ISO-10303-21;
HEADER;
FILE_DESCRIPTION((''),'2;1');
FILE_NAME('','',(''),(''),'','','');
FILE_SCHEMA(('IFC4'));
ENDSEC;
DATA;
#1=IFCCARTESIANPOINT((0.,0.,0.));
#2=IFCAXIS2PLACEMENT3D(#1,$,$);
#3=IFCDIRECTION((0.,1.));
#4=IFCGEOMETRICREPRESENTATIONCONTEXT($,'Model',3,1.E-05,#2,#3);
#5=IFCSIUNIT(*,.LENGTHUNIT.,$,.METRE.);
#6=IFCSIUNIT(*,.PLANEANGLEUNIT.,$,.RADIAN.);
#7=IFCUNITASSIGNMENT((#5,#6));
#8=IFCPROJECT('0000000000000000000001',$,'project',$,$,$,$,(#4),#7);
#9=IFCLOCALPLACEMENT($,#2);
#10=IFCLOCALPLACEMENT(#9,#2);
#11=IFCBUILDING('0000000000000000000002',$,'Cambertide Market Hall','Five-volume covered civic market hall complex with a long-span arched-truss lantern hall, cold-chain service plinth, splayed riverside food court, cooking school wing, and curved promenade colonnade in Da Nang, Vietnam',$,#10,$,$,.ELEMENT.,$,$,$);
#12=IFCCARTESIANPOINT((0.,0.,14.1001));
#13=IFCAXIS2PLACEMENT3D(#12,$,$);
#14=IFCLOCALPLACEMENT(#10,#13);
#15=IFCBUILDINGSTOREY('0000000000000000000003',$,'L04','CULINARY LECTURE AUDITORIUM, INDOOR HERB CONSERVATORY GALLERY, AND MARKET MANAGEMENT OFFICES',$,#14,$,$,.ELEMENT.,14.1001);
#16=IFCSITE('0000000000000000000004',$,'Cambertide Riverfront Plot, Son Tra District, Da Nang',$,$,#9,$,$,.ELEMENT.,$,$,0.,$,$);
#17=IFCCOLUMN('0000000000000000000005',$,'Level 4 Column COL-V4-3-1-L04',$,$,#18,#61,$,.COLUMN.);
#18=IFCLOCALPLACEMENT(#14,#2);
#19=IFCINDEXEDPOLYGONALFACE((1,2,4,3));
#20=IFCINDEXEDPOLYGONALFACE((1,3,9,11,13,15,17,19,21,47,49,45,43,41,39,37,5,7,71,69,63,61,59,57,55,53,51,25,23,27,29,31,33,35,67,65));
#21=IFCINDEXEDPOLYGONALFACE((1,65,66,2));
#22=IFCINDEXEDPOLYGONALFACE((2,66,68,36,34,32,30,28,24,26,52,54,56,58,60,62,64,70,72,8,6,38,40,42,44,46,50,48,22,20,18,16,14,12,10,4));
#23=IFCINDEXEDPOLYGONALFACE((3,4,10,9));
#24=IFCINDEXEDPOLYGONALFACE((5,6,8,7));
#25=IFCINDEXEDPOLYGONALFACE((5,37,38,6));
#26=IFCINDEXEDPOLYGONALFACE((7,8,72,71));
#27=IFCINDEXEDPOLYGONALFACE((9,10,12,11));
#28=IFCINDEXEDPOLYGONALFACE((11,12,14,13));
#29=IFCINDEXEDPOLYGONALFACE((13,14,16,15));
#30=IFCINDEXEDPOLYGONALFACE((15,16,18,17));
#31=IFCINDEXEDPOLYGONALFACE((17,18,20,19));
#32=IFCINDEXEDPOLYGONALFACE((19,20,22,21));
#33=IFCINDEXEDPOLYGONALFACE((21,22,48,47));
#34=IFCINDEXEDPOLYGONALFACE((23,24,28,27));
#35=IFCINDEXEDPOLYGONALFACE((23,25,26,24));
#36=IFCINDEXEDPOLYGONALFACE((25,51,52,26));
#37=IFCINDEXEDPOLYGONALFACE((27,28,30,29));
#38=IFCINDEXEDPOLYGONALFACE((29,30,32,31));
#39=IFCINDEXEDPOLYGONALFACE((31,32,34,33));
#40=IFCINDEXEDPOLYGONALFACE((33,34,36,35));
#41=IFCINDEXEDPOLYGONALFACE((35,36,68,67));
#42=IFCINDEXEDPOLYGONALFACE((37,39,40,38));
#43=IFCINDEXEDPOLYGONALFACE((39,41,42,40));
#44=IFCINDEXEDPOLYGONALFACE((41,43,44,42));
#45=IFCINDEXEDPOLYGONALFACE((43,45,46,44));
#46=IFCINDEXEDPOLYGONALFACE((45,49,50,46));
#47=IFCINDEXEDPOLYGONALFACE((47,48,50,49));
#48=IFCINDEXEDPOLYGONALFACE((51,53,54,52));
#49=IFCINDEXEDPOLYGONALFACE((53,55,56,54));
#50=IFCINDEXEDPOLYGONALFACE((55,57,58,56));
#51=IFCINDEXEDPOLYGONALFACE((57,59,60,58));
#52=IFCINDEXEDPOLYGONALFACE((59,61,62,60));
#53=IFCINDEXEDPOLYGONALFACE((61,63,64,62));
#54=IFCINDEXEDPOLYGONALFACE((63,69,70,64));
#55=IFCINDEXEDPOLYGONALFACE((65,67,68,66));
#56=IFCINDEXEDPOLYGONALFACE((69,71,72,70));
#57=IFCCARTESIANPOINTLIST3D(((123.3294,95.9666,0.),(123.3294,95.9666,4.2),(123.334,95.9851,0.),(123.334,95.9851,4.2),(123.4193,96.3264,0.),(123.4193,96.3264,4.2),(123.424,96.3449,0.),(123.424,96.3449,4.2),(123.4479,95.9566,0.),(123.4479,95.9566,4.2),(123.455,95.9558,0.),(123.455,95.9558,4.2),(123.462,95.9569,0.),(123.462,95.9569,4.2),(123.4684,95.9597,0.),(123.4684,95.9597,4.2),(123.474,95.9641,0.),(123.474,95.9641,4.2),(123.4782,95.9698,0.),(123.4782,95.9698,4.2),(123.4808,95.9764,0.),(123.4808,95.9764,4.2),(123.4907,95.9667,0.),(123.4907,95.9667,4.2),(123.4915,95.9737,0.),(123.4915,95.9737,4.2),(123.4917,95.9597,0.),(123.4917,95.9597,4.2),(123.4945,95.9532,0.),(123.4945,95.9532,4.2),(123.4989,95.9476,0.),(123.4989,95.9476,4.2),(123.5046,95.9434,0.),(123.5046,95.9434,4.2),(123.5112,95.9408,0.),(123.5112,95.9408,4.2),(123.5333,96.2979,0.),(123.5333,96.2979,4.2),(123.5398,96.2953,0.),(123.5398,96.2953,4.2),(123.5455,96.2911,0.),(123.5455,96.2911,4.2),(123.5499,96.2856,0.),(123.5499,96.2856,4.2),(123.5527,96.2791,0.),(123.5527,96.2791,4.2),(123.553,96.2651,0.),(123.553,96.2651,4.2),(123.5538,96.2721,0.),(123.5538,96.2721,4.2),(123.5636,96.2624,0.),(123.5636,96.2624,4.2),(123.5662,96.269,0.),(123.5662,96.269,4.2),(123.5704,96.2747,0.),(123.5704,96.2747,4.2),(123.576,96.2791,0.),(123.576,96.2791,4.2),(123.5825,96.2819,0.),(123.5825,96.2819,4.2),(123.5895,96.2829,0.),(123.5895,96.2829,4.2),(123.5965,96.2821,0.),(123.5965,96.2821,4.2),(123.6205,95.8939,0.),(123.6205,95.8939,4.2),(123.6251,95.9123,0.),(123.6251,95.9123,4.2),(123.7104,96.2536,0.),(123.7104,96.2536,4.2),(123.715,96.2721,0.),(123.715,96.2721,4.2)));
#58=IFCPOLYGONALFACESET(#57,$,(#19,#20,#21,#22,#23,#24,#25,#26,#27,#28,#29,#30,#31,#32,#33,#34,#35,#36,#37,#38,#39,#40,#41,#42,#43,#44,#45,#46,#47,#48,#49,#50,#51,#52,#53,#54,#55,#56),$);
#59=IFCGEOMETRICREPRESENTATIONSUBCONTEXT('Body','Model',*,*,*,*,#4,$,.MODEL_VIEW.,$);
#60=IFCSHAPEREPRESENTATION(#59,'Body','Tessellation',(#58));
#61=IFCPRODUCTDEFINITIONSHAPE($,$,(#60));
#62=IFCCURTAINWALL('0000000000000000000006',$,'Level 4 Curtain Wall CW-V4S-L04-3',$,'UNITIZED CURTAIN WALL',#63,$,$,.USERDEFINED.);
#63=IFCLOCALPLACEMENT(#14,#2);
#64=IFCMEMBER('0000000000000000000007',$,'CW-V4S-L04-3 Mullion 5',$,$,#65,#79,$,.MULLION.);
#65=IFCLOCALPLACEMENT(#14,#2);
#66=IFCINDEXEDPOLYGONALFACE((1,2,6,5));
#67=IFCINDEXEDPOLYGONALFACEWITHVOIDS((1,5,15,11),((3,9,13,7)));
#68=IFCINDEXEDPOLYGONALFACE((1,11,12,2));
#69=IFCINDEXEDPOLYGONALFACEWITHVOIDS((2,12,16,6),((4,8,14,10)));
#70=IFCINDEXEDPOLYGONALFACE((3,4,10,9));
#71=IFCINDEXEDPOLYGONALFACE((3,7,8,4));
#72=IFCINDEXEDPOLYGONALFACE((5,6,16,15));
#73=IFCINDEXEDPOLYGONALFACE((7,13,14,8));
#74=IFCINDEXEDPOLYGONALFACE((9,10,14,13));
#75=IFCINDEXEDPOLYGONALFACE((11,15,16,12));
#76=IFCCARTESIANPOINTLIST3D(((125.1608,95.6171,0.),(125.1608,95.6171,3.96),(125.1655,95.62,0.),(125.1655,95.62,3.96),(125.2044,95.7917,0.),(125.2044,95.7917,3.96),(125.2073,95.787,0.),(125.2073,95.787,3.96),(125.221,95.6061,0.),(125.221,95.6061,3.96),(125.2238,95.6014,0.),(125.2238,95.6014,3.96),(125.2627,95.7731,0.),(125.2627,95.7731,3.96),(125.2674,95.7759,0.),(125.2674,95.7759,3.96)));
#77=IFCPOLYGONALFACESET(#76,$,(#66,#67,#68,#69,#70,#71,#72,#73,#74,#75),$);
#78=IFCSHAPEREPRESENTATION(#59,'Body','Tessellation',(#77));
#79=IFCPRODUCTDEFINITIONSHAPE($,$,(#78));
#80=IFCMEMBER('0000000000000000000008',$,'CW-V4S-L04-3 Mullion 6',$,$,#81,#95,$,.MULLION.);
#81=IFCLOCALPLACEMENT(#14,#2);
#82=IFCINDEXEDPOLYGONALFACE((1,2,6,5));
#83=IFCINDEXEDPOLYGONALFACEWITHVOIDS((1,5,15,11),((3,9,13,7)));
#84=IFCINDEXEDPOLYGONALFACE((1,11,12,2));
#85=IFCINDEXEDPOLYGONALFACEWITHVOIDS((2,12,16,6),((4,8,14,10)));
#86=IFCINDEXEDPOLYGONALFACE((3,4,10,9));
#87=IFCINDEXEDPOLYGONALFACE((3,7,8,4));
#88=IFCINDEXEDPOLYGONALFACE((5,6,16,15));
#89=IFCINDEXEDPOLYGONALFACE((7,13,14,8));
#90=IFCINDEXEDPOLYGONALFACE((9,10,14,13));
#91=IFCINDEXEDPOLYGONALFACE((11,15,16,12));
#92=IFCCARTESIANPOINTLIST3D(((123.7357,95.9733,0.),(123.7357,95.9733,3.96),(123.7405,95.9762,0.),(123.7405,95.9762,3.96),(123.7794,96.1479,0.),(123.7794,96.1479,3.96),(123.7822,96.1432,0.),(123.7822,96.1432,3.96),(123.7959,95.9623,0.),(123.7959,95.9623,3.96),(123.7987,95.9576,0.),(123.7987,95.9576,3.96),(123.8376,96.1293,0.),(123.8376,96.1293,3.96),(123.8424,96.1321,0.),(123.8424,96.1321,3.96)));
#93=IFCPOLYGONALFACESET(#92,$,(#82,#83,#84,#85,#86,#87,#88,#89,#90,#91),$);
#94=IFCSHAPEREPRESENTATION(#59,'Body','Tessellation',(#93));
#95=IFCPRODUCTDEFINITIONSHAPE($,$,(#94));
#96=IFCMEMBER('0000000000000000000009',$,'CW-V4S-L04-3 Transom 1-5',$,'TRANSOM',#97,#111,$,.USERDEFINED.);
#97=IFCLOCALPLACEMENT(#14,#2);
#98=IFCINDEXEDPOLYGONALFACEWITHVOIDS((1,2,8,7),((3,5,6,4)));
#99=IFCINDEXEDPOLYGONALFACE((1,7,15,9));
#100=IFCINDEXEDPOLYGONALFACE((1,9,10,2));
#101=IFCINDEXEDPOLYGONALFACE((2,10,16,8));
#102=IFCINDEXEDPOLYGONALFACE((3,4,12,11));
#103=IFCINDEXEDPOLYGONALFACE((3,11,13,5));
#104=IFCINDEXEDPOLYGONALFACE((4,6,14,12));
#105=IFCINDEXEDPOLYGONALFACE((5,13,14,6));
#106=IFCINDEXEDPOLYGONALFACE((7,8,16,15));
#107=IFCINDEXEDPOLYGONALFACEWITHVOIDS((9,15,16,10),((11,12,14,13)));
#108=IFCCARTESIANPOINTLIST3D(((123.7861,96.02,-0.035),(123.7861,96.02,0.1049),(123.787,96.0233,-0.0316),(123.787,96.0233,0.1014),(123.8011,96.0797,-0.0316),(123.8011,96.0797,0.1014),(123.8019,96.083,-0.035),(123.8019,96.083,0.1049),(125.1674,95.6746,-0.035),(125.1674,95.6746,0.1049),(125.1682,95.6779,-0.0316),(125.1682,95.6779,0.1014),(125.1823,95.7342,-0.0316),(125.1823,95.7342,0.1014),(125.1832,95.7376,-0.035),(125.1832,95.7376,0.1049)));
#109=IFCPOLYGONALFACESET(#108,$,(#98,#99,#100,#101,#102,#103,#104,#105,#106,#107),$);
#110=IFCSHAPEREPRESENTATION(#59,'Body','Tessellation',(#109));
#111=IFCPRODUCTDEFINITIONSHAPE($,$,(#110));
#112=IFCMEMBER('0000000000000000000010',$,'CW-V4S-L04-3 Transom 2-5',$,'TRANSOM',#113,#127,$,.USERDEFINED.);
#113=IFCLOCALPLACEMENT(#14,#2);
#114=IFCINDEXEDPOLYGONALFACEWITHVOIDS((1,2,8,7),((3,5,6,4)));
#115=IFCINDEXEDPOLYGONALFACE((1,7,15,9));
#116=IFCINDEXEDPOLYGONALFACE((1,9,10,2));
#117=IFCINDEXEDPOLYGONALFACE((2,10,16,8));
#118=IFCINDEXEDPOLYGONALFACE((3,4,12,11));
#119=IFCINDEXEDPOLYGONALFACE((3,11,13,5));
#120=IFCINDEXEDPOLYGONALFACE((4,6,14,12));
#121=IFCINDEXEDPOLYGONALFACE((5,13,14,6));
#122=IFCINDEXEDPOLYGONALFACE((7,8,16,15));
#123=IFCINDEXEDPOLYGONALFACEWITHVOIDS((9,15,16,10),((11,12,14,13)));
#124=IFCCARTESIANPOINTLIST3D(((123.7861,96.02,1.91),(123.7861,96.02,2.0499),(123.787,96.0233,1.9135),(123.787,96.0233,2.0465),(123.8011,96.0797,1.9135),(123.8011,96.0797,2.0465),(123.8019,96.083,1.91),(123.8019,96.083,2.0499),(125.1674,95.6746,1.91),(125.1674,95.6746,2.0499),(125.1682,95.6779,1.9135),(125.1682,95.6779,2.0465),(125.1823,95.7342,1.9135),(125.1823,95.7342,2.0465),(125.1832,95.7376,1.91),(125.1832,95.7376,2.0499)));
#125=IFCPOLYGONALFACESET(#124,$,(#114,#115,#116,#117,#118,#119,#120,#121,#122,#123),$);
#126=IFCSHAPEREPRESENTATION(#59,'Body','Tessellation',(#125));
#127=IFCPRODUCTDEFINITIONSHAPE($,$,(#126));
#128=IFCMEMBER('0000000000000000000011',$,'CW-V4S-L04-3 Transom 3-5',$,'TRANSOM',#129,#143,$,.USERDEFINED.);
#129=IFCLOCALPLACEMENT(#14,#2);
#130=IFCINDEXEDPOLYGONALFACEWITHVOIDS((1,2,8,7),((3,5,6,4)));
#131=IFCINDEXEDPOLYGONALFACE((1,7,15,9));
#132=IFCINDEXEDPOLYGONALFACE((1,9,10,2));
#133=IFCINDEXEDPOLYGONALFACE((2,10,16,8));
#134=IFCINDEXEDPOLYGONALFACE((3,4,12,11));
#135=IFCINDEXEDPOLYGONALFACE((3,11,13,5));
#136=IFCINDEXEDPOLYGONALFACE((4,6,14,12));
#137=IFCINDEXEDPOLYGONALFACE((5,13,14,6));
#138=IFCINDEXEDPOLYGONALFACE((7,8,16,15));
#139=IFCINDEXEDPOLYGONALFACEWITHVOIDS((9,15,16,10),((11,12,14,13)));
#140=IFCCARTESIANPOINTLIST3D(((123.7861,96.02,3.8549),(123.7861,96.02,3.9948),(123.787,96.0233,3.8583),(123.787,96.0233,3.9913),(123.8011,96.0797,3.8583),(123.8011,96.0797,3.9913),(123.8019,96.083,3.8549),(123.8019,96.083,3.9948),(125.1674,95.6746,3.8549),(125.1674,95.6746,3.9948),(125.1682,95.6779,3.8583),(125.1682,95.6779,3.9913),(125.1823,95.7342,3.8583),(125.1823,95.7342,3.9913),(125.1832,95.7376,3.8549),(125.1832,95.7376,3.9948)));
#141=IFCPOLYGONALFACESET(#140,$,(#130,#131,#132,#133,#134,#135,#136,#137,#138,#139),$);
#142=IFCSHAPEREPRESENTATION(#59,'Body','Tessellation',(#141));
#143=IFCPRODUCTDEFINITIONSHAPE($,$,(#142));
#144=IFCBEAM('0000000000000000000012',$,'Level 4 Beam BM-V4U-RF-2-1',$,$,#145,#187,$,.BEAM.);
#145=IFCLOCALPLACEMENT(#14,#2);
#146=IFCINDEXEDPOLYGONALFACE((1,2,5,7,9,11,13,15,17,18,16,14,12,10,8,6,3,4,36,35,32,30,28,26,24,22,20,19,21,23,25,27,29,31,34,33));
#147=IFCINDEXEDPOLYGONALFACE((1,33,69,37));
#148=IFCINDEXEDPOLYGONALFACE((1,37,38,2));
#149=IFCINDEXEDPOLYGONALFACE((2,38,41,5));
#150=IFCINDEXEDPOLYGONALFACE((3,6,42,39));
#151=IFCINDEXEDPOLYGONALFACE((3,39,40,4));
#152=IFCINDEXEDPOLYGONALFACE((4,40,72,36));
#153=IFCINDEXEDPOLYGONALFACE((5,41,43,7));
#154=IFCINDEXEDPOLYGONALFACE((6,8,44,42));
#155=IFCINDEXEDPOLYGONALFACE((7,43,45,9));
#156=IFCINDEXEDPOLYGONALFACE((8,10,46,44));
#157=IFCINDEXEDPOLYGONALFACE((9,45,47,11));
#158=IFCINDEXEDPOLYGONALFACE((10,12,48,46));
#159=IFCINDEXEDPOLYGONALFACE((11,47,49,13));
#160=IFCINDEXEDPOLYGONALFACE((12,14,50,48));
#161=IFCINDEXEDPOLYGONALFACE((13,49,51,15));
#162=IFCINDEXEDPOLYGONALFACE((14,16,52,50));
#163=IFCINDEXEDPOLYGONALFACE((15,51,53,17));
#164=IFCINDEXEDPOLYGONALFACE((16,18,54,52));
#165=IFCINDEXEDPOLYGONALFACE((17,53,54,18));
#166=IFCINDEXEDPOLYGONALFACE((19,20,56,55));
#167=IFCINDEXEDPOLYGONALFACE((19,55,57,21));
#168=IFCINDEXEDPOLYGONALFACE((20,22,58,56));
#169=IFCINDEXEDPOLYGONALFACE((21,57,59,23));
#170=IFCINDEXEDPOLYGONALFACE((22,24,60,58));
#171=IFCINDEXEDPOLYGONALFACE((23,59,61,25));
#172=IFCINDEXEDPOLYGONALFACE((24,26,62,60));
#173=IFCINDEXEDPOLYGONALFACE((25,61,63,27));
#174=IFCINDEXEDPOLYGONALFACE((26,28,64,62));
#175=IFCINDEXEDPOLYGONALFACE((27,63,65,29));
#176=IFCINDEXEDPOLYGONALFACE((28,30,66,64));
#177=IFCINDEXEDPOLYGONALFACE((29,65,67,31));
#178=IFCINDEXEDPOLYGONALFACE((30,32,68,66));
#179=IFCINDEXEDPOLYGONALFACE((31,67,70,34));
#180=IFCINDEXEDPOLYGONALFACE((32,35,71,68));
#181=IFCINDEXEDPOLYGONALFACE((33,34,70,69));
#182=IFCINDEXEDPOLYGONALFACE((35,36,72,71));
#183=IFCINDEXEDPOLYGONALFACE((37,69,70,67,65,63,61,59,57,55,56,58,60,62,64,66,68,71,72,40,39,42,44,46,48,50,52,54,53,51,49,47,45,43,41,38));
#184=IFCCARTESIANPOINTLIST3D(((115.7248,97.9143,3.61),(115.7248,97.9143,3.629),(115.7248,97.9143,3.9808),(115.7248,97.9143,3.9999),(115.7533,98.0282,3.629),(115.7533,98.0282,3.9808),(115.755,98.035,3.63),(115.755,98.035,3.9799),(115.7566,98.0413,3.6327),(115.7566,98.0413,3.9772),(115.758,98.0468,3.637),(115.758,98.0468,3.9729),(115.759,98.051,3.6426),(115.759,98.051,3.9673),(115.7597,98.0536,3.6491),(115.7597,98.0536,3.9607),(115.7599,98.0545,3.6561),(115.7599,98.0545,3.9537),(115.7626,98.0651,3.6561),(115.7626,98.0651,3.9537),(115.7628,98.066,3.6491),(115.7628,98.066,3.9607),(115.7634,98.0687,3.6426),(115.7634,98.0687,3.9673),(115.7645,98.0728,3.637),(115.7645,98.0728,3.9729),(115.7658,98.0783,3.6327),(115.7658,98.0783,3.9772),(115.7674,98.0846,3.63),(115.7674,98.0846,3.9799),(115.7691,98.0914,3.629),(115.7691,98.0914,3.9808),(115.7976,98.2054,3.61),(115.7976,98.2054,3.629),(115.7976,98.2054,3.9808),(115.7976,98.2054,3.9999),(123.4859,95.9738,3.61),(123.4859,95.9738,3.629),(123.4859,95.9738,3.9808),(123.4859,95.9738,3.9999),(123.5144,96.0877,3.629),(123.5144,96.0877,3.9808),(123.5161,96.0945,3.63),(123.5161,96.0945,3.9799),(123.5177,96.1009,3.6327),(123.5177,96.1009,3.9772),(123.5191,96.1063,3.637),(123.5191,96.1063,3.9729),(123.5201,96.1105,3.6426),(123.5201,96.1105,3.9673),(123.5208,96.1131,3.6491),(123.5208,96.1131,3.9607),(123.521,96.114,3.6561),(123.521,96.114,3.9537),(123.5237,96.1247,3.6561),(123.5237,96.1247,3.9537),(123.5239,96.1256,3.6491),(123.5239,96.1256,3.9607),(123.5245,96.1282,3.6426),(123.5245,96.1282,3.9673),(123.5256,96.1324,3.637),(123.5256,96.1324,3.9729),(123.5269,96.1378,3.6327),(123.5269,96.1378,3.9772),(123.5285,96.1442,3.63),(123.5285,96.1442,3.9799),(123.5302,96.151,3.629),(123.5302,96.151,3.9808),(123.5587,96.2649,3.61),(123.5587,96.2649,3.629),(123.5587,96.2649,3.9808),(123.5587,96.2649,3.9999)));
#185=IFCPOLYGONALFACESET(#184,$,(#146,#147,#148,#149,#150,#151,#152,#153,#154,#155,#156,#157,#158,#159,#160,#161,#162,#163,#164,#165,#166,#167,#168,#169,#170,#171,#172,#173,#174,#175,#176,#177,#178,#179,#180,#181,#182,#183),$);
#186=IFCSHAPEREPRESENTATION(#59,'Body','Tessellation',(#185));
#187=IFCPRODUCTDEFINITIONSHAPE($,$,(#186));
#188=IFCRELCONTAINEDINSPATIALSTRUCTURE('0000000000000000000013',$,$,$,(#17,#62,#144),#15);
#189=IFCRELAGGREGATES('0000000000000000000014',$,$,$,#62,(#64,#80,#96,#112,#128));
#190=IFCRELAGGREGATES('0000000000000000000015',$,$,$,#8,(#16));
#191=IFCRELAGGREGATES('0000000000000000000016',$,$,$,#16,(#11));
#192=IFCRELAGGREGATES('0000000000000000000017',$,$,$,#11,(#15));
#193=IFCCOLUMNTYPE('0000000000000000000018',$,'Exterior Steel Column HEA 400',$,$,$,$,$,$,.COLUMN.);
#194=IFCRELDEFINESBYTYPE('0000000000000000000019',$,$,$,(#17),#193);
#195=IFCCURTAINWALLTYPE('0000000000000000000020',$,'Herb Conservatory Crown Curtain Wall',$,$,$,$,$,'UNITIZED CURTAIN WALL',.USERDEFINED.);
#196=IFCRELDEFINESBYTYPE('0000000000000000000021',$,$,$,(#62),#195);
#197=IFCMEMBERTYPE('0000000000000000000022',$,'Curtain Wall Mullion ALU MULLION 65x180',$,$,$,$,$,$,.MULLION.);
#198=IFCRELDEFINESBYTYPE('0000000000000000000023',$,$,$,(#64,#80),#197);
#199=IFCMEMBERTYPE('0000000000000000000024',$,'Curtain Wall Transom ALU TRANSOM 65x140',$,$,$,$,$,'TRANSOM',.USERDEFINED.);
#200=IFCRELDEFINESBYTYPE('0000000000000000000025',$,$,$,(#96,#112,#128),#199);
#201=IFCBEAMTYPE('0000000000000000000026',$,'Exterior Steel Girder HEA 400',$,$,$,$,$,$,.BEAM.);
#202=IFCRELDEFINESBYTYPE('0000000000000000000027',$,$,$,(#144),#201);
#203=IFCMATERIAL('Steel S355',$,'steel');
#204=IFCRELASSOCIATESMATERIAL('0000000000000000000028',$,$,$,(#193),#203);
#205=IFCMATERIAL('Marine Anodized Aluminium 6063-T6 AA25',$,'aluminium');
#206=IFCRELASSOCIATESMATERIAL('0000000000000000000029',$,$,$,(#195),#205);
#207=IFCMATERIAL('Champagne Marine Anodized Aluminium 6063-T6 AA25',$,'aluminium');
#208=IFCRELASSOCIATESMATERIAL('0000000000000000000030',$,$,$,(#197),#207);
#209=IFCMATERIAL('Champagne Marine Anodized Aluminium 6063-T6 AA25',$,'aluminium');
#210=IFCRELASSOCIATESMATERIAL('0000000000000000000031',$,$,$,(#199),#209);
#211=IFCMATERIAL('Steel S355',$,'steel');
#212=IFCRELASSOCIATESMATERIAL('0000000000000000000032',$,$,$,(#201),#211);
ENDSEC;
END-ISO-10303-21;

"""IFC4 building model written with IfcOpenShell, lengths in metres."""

from ifc_helpers import new_model, si_unit, direction, frame, origin, origin_2d, place, context, subcontext, project, spatial, hollow_rectangle, i_section, extrude, material, material_profile, profile_set, type_object, element, aggregate, save


model = new_model("IFC4")

# Units and contexts
model_context = context("Model", 3, precision=1e-05, world=origin(), true_north=direction((0.0, 1.0)))
body_context = subcontext(model_context, "Body", "Model", "MODEL_VIEW")
ifc_project = project(units=[si_unit("LENGTHUNIT", "METRE"), si_unit("PLANEANGLEUNIT", "RADIAN")], contexts=[model_context])

# Site, building, storey
site_placement = place(None, origin())
site = spatial("IfcSite", under=ifc_project, at=site_placement, Name="Cambertide Riverfront Plot, Son Tra District, Da Nang", CompositionType="ELEMENT", RefElevation=0.0)
building_placement = place(site_placement, origin())
building = spatial("IfcBuilding", under=site, at=building_placement, Name="Cambertide Market Hall", Description="Five-volume covered civic market hall complex with a long-span arched-truss lantern hall, cold-chain service plinth, splayed riverside food court, cooking school wing, and curved promenade colonnade in Da Nang, Vietnam", CompositionType="ELEMENT")
storey_placement = place(building_placement, frame((0.0, 0.0, 14.1001)))
storey = spatial("IfcBuildingStorey", under=building, at=storey_placement, Name="L04", Description="CULINARY LECTURE AUDITORIUM, INDOOR HERB CONSERVATORY GALLERY, AND MARKET MANAGEMENT OFFICES", CompositionType="ELEMENT", Elevation=14.1001)

# Column
ifc_material_1 = material(Name="Steel S355", Category="steel")
ifc_material_profile_1 = material_profile(ifc_material_1, i_section(OverallWidth=0.3, OverallDepth=0.3899, WebThickness=0.011, FlangeThickness=0.019, FilletRadius=0.0271, at=origin_2d()), Name="HEA 400")
ifc_profile_set_1 = profile_set([ifc_material_profile_1], Name="Steel S355")
column_type = type_object("IfcColumnType", Name="Exterior Steel Column HEA 400", PredefinedType="COLUMN", material=ifc_profile_set_1)
column_placement = place(storey_placement, frame((123.5222, 96.1194, 0.0), z_axis=(0.0, 0.0, 1.0), x_axis=(0.970143, -0.242536, 0.0)))
element("IfcColumn", 1, at=column_placement, inside=storey, type_object=column_type, Name="Level 4 Column COL-V4-3-1-L04", PredefinedType="COLUMN", context=body_context, shape_type="SweptSolid", body=[
    extrude(i_section(OverallWidth=0.3, OverallDepth=0.3899, WebThickness=0.011, FlangeThickness=0.019, FilletRadius=0.0271, at=origin_2d()), origin(), (0.0, 0.0, 1.0), 4.2),
])

# Curtain wall, members
ifc_material_2 = material(Name="Marine Anodized Aluminium 6063-T6 AA25", Category="aluminium")
curtain_wall_type = type_object("IfcCurtainWallType", Name="Herb Conservatory Crown Curtain Wall", ElementType="UNITIZED CURTAIN WALL", PredefinedType="USERDEFINED", material=ifc_material_2)
curtain_wall_placement = place(storey_placement, origin())
curtain_wall = element("IfcCurtainWall", 2, at=curtain_wall_placement, inside=storey, type_object=curtain_wall_type, Name="Level 4 Curtain Wall CW-V4S-L04-3", ObjectType="UNITIZED CURTAIN WALL", PredefinedType="USERDEFINED")
ifc_material_3 = material(Name="Champagne Marine Anodized Aluminium 6063-T6 AA25", Category="aluminium")
ifc_material_profile_2 = material_profile(ifc_material_3, hollow_rectangle(XDim=0.0649, YDim=0.1799, WallThickness=0.0039, at=origin_2d()), Name="ALU MULLION 65x180")
ifc_profile_set_2 = profile_set([ifc_material_profile_2], Name="Champagne Marine Anodized Aluminium 6063-T6 AA25")
member_type_1 = type_object("IfcMemberType", Name="Curtain Wall Mullion ALU MULLION 65x180", PredefinedType="MULLION", material=ifc_profile_set_2)
member_1_placement = place(storey_placement, frame((125.2141, 95.6965, 0.0), z_axis=(0.0, 0.0, 1.0), x_axis=(-0.970143, 0.242535, 0.0)))
member_1 = element("IfcMember", 3, at=member_1_placement, type_object=member_type_1, Name="CW-V4S-L04-3 Mullion 5", PredefinedType="MULLION", context=body_context, shape_type="SweptSolid", body=[
    extrude(hollow_rectangle(XDim=0.0649, YDim=0.1799, WallThickness=0.0039, at=origin_2d()), origin(), (0.0, 0.0, 1.0), 3.96),
])
member_2_placement = place(storey_placement, frame((123.7891, 96.0527, 0.0), z_axis=(0.0, 0.0, 1.0), x_axis=(-0.970143, 0.242535, 0.0)))
member_2 = element("IfcMember", 4, at=member_2_placement, type_object=member_type_1, Name="CW-V4S-L04-3 Mullion 6", PredefinedType="MULLION", context=body_context, shape_type="SweptSolid", body=[
    extrude(hollow_rectangle(XDim=0.0649, YDim=0.1799, WallThickness=0.0039, at=origin_2d()), origin(), (0.0, 0.0, 1.0), 3.96),
])
ifc_material_4 = material(Name="Champagne Marine Anodized Aluminium 6063-T6 AA25", Category="aluminium")
ifc_material_profile_3 = material_profile(ifc_material_4, hollow_rectangle(XDim=0.0649, YDim=0.1399, WallThickness=0.0034, at=origin_2d()), Name="ALU TRANSOM 65x140")
ifc_profile_set_3 = profile_set([ifc_material_profile_3], Name="Champagne Marine Anodized Aluminium 6063-T6 AA25")
member_type_2 = type_object("IfcMemberType", Name="Curtain Wall Transom ALU TRANSOM 65x140", ElementType="TRANSOM", PredefinedType="USERDEFINED", material=ifc_profile_set_3)
member_3_placement = place(storey_placement, frame((125.1753, 95.7061, 0.0349), z_axis=(-0.970122, 0.242616, 0.0), x_axis=(-0.242616, -0.970122, 0.0)))
member_3 = element("IfcMember", 5, at=member_3_placement, type_object=member_type_2, Name="CW-V4S-L04-3 Transom 1-5", ObjectType="TRANSOM", PredefinedType="USERDEFINED", context=body_context, shape_type="SweptSolid", body=[
    extrude(hollow_rectangle(XDim=0.0649, YDim=0.1399, WallThickness=0.0034, at=origin_2d()), origin(), (0.0, 0.0, 1.0), 1.4238),
])
member_4_placement = place(storey_placement, frame((125.1753, 95.7061, 1.98), z_axis=(-0.970122, 0.242616, 0.0), x_axis=(-0.242616, -0.970122, 0.0)))
member_4 = element("IfcMember", 6, at=member_4_placement, type_object=member_type_2, Name="CW-V4S-L04-3 Transom 2-5", ObjectType="TRANSOM", PredefinedType="USERDEFINED", context=body_context, shape_type="SweptSolid", body=[
    extrude(hollow_rectangle(XDim=0.0649, YDim=0.1399, WallThickness=0.0034, at=origin_2d()), origin(), (0.0, 0.0, 1.0), 1.4238),
])
member_5_placement = place(storey_placement, frame((125.1753, 95.7061, 3.9248), z_axis=(-0.970122, 0.242616, 0.0), x_axis=(-0.242616, -0.970122, 0.0)))
member_5 = element("IfcMember", 7, at=member_5_placement, type_object=member_type_2, Name="CW-V4S-L04-3 Transom 3-5", ObjectType="TRANSOM", PredefinedType="USERDEFINED", context=body_context, shape_type="SweptSolid", body=[
    extrude(hollow_rectangle(XDim=0.0649, YDim=0.1399, WallThickness=0.0034, at=origin_2d()), origin(), (0.0, 0.0, 1.0), 1.4238),
])

# Beam
ifc_material_5 = material(Name="Steel S355", Category="steel")
ifc_material_profile_4 = material_profile(ifc_material_5, i_section(OverallWidth=0.3, OverallDepth=0.3899, WebThickness=0.011, FlangeThickness=0.019, FilletRadius=0.0271, at=origin_2d()), Name="HEA 400")
ifc_profile_set_4 = profile_set([ifc_material_profile_4], Name="Steel S355")
beam_type_1 = type_object("IfcBeamType", Name="Exterior Steel Girder HEA 400", PredefinedType="BEAM", material=ifc_profile_set_4)
for number, where, z_axis, x_axis, name in (
    (8, (115.7612, 98.0598, 3.8049), (0.970137, -0.242557, 0.0), (0.242557, 0.970137, 0.0), "Level 4 Beam BM-V4U-RF-2-1"),
):
    element("IfcBeam", number, at=place(storey_placement, frame(where, z_axis=z_axis, x_axis=x_axis)), inside=storey, type_object=beam_type_1, Name=name, PredefinedType="BEAM", context=body_context, shape_type="SweptSolid", body=[
        extrude(i_section(OverallWidth=0.3, OverallDepth=0.3899, WebThickness=0.011, FlangeThickness=0.019, FilletRadius=0.0271, at=origin_2d()), origin(), (0.0, 0.0, 1.0), 8.0),
    ])

aggregate(curtain_wall, [member_1, member_2, member_3, member_4, member_5])

save(model, "model.ifc")
